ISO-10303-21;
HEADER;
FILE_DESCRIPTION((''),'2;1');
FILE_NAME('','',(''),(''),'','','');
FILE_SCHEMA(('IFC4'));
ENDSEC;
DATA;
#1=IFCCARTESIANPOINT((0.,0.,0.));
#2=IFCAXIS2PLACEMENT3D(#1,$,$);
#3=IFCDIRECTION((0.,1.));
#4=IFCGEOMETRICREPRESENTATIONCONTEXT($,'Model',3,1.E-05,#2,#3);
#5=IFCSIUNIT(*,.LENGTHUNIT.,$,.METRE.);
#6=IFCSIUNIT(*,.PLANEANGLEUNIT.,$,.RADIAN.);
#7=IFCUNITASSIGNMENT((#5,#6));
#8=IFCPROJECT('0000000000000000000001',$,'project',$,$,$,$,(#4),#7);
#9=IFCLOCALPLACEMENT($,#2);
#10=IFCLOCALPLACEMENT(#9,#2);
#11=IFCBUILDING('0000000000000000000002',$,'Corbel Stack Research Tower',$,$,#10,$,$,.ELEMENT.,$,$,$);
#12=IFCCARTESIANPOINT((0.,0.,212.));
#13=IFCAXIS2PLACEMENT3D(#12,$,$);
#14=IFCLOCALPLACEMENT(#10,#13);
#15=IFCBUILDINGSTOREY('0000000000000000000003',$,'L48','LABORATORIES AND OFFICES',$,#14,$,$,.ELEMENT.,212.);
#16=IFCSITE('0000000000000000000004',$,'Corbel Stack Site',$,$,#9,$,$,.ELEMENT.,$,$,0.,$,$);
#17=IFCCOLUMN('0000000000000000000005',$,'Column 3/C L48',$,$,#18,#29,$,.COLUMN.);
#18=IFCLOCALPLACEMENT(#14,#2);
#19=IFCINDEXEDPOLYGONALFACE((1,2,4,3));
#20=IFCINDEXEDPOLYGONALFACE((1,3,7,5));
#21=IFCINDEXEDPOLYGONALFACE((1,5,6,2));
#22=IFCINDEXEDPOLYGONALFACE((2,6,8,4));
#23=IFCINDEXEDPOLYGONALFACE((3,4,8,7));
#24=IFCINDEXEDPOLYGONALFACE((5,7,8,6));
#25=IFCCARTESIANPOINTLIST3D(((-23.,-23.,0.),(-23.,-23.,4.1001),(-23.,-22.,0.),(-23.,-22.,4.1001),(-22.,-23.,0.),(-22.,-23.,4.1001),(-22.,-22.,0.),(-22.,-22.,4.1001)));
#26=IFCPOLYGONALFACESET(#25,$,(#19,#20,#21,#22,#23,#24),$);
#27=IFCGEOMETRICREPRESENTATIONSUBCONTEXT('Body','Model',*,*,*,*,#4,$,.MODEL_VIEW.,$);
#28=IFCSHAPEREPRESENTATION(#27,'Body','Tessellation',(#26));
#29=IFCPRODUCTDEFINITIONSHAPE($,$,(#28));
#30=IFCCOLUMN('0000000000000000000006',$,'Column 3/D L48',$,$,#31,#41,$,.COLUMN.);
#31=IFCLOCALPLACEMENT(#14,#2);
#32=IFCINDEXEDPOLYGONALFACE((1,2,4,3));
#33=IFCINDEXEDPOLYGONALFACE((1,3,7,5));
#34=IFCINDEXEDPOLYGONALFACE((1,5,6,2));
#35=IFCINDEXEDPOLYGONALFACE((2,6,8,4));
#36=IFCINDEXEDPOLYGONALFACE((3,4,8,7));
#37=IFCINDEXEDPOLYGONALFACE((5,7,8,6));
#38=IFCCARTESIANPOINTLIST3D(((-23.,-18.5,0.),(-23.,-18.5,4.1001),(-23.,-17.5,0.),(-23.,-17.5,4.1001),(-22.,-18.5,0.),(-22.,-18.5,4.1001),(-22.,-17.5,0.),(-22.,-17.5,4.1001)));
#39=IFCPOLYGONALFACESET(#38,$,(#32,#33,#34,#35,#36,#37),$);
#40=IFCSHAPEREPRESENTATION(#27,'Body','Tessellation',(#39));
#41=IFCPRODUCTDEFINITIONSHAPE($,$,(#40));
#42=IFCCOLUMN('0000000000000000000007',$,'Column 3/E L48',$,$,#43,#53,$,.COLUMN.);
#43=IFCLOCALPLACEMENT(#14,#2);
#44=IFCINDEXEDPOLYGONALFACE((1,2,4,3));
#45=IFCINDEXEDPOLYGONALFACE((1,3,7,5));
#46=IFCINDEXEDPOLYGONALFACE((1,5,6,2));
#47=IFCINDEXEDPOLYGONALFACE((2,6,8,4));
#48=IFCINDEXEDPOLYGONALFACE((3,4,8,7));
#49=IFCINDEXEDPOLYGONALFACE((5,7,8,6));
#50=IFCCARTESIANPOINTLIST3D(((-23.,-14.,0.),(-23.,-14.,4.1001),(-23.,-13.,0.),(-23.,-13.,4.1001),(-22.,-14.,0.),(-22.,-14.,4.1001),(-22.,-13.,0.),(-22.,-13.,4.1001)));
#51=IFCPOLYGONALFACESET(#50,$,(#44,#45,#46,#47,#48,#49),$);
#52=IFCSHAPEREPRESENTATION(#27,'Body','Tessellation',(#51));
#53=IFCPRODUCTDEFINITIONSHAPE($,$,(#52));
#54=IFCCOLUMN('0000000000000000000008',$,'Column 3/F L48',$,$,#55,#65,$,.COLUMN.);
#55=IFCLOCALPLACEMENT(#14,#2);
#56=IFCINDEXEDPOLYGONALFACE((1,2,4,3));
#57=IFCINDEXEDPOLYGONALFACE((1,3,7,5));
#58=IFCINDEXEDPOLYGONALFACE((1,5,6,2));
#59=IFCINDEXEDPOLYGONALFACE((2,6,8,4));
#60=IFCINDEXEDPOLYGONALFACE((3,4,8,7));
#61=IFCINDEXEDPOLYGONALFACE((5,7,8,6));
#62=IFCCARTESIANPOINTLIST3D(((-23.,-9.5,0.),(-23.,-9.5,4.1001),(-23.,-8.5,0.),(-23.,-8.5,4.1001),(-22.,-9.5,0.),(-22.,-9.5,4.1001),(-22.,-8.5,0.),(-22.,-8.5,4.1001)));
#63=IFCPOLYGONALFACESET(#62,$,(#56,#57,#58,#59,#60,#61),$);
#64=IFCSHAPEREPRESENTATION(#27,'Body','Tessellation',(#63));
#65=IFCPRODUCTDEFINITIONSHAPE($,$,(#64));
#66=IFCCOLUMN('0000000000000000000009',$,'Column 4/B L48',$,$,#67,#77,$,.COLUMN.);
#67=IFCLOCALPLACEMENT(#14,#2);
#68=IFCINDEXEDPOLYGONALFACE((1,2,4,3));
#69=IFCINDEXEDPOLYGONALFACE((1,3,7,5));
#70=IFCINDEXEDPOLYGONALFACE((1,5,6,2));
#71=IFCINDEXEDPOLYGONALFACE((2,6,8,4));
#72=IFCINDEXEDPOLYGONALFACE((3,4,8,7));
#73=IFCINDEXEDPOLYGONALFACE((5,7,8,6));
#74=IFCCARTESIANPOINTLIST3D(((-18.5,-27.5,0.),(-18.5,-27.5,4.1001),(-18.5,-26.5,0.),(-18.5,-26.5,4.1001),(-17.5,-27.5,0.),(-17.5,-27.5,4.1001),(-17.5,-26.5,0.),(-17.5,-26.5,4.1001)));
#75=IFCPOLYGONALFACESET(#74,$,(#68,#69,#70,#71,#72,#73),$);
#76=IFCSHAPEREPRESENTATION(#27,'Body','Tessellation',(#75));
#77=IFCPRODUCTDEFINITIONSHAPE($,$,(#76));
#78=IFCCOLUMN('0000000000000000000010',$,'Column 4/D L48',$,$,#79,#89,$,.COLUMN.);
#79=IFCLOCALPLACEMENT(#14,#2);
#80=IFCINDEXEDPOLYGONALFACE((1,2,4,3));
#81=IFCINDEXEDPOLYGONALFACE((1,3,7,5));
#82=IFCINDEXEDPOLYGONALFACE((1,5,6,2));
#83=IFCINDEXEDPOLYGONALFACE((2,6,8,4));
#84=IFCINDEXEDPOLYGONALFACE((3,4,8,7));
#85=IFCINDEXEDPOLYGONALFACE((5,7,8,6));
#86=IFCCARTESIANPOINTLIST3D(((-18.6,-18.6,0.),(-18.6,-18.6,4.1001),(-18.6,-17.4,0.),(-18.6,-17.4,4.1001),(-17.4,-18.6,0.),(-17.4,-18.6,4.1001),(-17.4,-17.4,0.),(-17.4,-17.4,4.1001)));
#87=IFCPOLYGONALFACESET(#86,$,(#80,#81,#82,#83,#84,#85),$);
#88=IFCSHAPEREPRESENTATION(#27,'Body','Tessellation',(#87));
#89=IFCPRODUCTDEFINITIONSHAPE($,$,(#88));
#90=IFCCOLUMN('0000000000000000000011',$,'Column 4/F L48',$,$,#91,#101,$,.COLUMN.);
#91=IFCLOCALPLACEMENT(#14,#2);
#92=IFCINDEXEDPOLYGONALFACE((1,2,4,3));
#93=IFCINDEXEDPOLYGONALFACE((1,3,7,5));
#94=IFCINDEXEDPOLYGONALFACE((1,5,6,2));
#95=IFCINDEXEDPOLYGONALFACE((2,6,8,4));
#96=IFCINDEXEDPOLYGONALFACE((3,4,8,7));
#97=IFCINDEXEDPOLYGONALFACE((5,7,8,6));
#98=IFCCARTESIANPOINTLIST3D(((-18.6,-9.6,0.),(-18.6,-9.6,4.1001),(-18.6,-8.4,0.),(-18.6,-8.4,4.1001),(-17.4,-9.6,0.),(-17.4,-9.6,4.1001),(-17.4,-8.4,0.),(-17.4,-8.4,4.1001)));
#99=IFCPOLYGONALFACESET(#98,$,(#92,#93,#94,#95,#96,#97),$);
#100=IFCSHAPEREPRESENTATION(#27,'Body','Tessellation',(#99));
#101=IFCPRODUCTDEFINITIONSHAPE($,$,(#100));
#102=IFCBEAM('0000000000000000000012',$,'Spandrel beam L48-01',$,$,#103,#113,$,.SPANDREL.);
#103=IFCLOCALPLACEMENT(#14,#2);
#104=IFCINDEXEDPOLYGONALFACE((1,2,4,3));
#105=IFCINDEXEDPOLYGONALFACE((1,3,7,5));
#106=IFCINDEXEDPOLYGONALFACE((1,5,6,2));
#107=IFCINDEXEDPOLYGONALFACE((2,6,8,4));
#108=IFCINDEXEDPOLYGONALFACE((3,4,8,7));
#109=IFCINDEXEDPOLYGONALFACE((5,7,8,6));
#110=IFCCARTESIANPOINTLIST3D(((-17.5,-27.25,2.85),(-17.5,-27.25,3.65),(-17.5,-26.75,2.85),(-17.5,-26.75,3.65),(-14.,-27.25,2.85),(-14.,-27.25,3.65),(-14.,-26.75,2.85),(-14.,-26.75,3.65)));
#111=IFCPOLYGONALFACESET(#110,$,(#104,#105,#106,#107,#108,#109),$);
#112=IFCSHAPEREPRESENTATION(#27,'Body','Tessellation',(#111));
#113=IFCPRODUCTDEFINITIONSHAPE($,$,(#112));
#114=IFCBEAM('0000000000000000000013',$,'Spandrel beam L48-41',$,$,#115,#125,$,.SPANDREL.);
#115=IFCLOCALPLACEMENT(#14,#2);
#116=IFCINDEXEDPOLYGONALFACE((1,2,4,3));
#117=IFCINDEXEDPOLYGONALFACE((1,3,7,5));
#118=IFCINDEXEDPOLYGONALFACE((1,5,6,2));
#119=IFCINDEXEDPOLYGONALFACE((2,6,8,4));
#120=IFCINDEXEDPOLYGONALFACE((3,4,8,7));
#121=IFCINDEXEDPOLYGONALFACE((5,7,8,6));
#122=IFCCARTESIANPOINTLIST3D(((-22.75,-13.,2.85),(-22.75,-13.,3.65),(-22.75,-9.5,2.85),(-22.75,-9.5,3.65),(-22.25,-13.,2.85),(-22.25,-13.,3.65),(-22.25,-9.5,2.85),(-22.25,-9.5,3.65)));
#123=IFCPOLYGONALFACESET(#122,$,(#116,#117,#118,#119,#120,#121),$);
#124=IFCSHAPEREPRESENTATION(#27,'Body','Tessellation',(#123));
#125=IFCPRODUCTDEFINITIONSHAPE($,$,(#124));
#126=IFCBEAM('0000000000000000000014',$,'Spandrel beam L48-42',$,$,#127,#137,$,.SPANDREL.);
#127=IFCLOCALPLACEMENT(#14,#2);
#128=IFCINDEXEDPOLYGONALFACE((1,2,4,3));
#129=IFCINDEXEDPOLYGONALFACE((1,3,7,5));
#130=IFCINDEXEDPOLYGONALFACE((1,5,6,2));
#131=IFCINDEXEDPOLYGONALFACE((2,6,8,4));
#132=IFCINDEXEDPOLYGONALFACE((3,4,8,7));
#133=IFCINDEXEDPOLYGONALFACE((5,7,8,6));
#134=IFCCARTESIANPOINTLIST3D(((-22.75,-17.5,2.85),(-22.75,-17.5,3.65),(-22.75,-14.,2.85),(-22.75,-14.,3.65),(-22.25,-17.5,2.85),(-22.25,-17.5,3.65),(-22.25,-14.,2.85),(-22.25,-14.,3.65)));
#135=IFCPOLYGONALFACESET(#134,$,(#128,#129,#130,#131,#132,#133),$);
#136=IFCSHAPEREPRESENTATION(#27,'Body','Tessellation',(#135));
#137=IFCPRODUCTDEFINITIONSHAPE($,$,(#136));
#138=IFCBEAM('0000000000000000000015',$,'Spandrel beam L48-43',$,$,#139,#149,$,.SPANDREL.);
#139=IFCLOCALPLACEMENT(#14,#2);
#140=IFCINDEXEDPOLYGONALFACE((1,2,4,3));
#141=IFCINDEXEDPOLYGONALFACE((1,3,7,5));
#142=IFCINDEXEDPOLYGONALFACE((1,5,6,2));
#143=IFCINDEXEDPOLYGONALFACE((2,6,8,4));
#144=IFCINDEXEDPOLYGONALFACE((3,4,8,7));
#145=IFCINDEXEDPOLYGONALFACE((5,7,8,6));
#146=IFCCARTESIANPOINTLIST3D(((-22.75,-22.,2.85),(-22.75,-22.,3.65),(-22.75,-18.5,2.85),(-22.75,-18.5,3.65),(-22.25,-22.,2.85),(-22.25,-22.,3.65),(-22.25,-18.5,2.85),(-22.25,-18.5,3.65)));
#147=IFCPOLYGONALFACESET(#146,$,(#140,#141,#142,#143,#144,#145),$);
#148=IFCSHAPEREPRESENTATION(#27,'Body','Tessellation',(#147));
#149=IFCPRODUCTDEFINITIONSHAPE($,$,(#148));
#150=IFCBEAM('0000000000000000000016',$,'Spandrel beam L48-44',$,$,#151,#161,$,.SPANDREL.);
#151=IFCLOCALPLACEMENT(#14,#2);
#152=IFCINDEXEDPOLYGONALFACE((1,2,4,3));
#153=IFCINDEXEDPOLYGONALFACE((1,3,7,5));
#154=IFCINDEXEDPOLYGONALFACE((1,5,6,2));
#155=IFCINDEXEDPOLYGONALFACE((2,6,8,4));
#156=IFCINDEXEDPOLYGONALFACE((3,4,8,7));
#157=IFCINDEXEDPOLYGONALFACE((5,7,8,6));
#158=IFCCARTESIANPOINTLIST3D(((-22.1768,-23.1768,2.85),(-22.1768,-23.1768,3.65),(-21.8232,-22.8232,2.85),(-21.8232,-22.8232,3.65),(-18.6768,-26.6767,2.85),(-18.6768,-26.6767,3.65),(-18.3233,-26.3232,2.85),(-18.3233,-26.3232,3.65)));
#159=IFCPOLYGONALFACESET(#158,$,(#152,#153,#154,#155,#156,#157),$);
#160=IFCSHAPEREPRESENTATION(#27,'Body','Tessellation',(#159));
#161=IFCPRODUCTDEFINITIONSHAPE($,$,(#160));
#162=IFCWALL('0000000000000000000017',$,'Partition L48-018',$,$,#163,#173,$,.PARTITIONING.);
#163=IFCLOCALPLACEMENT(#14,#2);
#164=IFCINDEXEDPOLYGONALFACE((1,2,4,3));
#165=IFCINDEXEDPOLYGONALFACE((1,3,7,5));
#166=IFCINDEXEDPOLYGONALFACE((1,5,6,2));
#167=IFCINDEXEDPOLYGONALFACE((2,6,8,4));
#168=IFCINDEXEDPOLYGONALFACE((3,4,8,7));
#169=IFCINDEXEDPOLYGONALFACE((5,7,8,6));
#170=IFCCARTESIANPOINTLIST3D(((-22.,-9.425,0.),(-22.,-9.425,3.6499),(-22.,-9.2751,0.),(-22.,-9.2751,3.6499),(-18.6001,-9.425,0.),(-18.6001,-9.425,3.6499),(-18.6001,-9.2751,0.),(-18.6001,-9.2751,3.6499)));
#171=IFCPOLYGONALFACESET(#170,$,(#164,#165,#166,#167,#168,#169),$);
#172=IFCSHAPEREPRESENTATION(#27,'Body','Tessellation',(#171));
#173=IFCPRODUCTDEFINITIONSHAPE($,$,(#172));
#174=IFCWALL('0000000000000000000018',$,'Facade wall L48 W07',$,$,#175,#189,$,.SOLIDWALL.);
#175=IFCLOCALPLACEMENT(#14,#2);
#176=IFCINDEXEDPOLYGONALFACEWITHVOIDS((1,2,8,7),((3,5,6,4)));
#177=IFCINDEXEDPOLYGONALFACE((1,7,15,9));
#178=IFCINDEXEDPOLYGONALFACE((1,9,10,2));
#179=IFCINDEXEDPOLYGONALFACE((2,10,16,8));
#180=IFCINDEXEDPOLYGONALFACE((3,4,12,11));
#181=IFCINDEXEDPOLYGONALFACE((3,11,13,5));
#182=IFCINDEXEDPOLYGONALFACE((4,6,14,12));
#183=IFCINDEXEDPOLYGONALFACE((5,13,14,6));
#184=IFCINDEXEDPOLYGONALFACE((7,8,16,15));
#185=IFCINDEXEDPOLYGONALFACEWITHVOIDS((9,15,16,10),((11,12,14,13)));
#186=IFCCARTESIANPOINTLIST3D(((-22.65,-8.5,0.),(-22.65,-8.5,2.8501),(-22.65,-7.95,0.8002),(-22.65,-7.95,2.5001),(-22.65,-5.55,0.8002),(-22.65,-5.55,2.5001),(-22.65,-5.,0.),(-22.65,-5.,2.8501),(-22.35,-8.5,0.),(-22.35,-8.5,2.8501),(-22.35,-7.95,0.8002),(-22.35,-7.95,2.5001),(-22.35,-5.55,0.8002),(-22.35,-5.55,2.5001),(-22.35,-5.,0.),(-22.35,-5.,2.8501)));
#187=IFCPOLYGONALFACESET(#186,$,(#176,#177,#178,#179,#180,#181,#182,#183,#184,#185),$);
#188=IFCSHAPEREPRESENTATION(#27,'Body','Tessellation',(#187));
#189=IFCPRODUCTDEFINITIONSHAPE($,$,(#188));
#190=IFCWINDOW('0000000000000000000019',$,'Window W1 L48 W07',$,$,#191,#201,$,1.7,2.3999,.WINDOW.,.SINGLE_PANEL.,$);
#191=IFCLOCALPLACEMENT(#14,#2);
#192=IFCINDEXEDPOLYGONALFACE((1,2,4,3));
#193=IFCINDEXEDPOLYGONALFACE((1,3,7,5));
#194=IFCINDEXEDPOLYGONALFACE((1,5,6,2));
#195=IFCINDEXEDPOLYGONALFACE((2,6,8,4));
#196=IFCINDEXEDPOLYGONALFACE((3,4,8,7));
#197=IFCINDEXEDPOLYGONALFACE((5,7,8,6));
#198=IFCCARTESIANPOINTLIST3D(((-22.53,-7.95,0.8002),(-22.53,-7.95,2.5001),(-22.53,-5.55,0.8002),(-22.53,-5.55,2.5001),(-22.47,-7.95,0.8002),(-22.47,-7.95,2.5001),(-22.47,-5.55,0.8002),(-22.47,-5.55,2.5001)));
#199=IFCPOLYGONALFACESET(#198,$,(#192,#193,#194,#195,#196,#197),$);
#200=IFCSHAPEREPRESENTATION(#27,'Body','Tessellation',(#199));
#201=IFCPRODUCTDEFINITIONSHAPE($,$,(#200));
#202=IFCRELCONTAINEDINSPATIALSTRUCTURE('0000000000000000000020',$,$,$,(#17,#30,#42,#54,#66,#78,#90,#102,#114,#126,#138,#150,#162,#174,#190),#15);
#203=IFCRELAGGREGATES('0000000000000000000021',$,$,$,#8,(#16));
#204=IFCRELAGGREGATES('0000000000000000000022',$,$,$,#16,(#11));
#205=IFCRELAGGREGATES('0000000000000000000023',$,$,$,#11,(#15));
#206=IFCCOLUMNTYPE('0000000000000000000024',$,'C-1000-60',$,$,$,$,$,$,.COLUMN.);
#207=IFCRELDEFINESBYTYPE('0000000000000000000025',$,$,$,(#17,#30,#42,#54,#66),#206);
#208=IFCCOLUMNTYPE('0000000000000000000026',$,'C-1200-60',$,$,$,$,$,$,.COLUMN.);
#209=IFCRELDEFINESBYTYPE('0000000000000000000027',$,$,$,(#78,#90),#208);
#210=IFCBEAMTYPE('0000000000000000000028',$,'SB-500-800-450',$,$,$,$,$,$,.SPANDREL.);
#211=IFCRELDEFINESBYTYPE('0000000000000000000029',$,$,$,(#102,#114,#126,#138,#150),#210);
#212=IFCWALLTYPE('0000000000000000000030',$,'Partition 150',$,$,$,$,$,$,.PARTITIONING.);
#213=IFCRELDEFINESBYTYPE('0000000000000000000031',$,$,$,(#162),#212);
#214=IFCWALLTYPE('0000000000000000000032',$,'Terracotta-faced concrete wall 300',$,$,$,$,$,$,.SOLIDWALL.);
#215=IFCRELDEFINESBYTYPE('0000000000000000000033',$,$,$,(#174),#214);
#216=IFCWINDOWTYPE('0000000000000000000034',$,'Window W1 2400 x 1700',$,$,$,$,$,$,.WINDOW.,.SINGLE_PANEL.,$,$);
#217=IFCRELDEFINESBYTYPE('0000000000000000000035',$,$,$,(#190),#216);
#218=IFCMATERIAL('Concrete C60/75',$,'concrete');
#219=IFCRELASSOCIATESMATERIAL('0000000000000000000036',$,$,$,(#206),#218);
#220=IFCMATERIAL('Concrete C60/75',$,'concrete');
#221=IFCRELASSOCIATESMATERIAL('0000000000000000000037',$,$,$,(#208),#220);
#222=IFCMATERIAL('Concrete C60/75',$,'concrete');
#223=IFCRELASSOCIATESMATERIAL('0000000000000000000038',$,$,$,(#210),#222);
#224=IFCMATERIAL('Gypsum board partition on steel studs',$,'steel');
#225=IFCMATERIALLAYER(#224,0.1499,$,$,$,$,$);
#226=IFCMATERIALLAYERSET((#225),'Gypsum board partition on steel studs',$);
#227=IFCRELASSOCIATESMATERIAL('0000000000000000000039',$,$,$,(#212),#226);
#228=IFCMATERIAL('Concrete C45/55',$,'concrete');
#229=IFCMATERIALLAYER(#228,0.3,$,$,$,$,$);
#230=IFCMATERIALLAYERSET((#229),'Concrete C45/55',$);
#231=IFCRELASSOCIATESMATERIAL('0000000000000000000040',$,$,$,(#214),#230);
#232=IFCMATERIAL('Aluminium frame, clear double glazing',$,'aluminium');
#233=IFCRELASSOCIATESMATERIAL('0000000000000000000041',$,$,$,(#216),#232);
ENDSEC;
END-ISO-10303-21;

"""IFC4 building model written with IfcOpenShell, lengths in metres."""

from ifc_helpers import new_model, si_unit, direction, frame, frame_2d, origin, origin_2d, place, context, subcontext, project, spatial, rectangle, extrude, material, layer, layer_set, material_profile, profile_set, type_object, element, fill, save


model = new_model("IFC4")

# Units and contexts
model_context = context("Model", 3, precision=1e-05, world=origin(), true_north=direction((0.0, 1.0)))
body_context = subcontext(model_context, "Body", "Model", "MODEL_VIEW")
ifc_project = project(units=[si_unit("LENGTHUNIT", "METRE"), si_unit("PLANEANGLEUNIT", "RADIAN")], contexts=[model_context])

# Site, building, storey
site_placement = place(None, origin())
site = spatial("IfcSite", under=ifc_project, at=site_placement, Name="Corbel Stack Site", CompositionType="ELEMENT", RefElevation=0.0)
building_placement = place(site_placement, origin())
building = spatial("IfcBuilding", under=site, at=building_placement, Name="Corbel Stack Research Tower", CompositionType="ELEMENT")
storey_placement = place(building_placement, frame((0.0, 0.0, 212.0)))
storey = spatial("IfcBuildingStorey", under=building, at=storey_placement, Name="L48", Description="LABORATORIES AND OFFICES", CompositionType="ELEMENT", Elevation=212.0)

# Columns
ifc_material_1 = material(Name="Concrete C60/75", Category="concrete")
ifc_material_profile_1 = material_profile(ifc_material_1, rectangle(XDim=1.0, YDim=1.0, at=origin_2d()), Name="RC 1000 x 1000")
ifc_profile_set_1 = profile_set([ifc_material_profile_1], Name="Concrete C60/75")
column_type_1 = type_object("IfcColumnType", Name="C-1000-60", PredefinedType="COLUMN", material=ifc_profile_set_1)
for number, where, z_axis, x_axis, name in (
    (1, (-22.5, -22.5, 0.0), (0.0, 0.0, 1.0), (1.0, 0.0, 0.0), "Column 3/C L48"),
    (2, (-22.5, -18.0, 0.0), (0.0, 0.0, 1.0), (1.0, 0.0, 0.0), "Column 3/D L48"),
    (3, (-22.5, -13.5, 0.0), (0.0, 0.0, 1.0), (1.0, 0.0, 0.0), "Column 3/E L48"),
    (4, (-22.5, -9.0, 0.0), (0.0, 0.0, 1.0), (1.0, 0.0, 0.0), "Column 3/F L48"),
    (5, (-18.0, -27.0, 0.0), (0.0, 0.0, 1.0), (1.0, 0.0, 0.0), "Column 4/B L48"),
):
    element("IfcColumn", number, at=place(storey_placement, frame(where, z_axis=z_axis, x_axis=x_axis)), inside=storey, type_object=column_type_1, Name=name, PredefinedType="COLUMN", context=body_context, shape_type="SweptSolid", body=[
        extrude(rectangle(XDim=1.0, YDim=1.0, at=origin_2d()), origin(), (0.0, 0.0, 1.0), 4.1001),
    ])
ifc_material_2 = material(Name="Concrete C60/75", Category="concrete")
ifc_material_profile_2 = material_profile(ifc_material_2, rectangle(XDim=1.2, YDim=1.2, at=origin_2d()), Name="RC 1200 x 1200")
ifc_profile_set_2 = profile_set([ifc_material_profile_2], Name="Concrete C60/75")
column_type_2 = type_object("IfcColumnType", Name="C-1200-60", PredefinedType="COLUMN", material=ifc_profile_set_2)
for number, where, z_axis, x_axis, name in (
    (6, (-18.0, -18.0, 0.0), (0.0, 0.0, 1.0), (1.0, 0.0, 0.0), "Column 4/D L48"),
    (7, (-18.0, -9.0, 0.0), (0.0, 0.0, 1.0), (1.0, 0.0, 0.0), "Column 4/F L48"),
):
    element("IfcColumn", number, at=place(storey_placement, frame(where, z_axis=z_axis, x_axis=x_axis)), inside=storey, type_object=column_type_2, Name=name, PredefinedType="COLUMN", context=body_context, shape_type="SweptSolid", body=[
        extrude(rectangle(XDim=1.2, YDim=1.2, at=origin_2d()), origin(), (0.0, 0.0, 1.0), 4.1001),
    ])

# Beams
ifc_material_3 = material(Name="Concrete C60/75", Category="concrete")
ifc_material_profile_3 = material_profile(ifc_material_3, rectangle(XDim=0.5, YDim=0.8, at=origin_2d()), Name="RC 500 x 800")
ifc_profile_set_3 = profile_set([ifc_material_profile_3], Name="Concrete C60/75")
beam_type = type_object("IfcBeamType", Name="SB-500-800-450", PredefinedType="SPANDREL", material=ifc_profile_set_3)
for number, where, z_axis, x_axis, name in (
    (8, (-17.5, -27.0, 3.25), (1.0, 0.0, 0.0), (0.0, 1.0, 0.0), "Spandrel beam L48-01"),
    (9, (-22.5, -9.5, 3.25), (0.0, -1.0, 0.0), (1.0, 0.0, 0.0), "Spandrel beam L48-41"),
    (10, (-22.5, -14.0, 3.25), (0.0, -1.0, 0.0), (1.0, 0.0, 0.0), "Spandrel beam L48-42"),
    (11, (-22.5, -18.5, 3.25), (0.0, -1.0, 0.0), (1.0, 0.0, 0.0), "Spandrel beam L48-43"),
):
    element("IfcBeam", number, at=place(storey_placement, frame(where, z_axis=z_axis, x_axis=x_axis)), inside=storey, type_object=beam_type, Name=name, PredefinedType="SPANDREL", context=body_context, shape_type="SweptSolid", body=[
        extrude(rectangle(XDim=0.5, YDim=0.8, at=origin_2d()), origin(), (0.0, 0.0, 1.0), 3.5),
    ])
beam_placement = place(storey_placement, frame((-22.0, -23.0, 3.25), z_axis=(0.707107, -0.707107, 0.0), x_axis=(0.707107, 0.707107, 0.0)))
element("IfcBeam", 12, at=beam_placement, inside=storey, type_object=beam_type, Name="Spandrel beam L48-44", PredefinedType="SPANDREL", context=body_context, shape_type="SweptSolid", body=[
    extrude(rectangle(XDim=0.5, YDim=0.8, at=origin_2d()), origin(), (0.0, 0.0, 1.0), 4.9497),
])

# Wall
ifc_material_4 = material(Name="Gypsum board partition on steel studs", Category="steel")
ifc_layer_1 = layer(ifc_material_4, 0.1499)
ifc_layer_set_1 = layer_set([ifc_layer_1], Name="Gypsum board partition on steel studs")
wall_type_1 = type_object("IfcWallType", Name="Partition 150", PredefinedType="PARTITIONING", material=ifc_layer_set_1)
wall_1_placement = place(storey_placement, frame((-22.0, -9.3501, 0.0), z_axis=(0.0, 0.0, 1.0), x_axis=(1.0, 0.0, 0.0)))
element("IfcWall", 13, at=wall_1_placement, inside=storey, type_object=wall_type_1, Name="Partition L48-018", PredefinedType="PARTITIONING", context=body_context, shape_type="SweptSolid", body=[
    extrude(rectangle(XDim=3.3999, YDim=0.1499, at=frame_2d((1.7, 0.0))), origin(), (0.0, 0.0, 1.0), 3.6499),
])

# Wall, opening, window
ifc_material_5 = material(Name="Concrete C45/55", Category="concrete")
ifc_layer_2 = layer(ifc_material_5, 0.3)
ifc_layer_set_2 = layer_set([ifc_layer_2], Name="Concrete C45/55")
wall_type_2 = type_object("IfcWallType", Name="Terracotta-faced concrete wall 300", PredefinedType="SOLIDWALL", material=ifc_layer_set_2)
wall_2_placement = place(storey_placement, frame((-22.5, -8.5, 0.0), z_axis=(0.0, 0.0, 1.0), x_axis=(0.0, 1.0, 0.0)))
wall_2 = element("IfcWall", 14, at=wall_2_placement, inside=storey, type_object=wall_type_2, Name="Facade wall L48 W07", PredefinedType="SOLIDWALL", context=body_context, shape_type="SweptSolid", body=[
    extrude(rectangle(XDim=3.5, YDim=0.3, at=frame_2d((1.75, 0.0))), origin(), (0.0, 0.0, 1.0), 2.8501),
])
opening_1_placement = place(wall_2_placement, frame((0.55, 0.0, 0.8)))
opening_1 = element("IfcOpeningElement", 15, at=opening_1_placement, cuts=wall_2, PredefinedType="OPENING", context=body_context, shape_type="SweptSolid", body=[
    extrude(rectangle(XDim=2.3999, YDim=1.7, at=frame_2d((1.2, 0.8501))), frame((0.0, 0.1599, 0.0), z_axis=(0.0, -1.0, 0.0), x_axis=(1.0, 0.0, 0.0)), (0.0, 0.0, 1.0), 0.3201),
])
ifc_material_6 = material(Name="Aluminium frame, clear double glazing", Category="aluminium")
window_type = type_object("IfcWindowType", Name="Window W1 2400 x 1700", PartitioningType="SINGLE_PANEL", PredefinedType="WINDOW", material=ifc_material_6)
window_1_placement = place(opening_1_placement, origin())
window_1 = element("IfcWindow", 16, at=window_1_placement, inside=storey, type_object=window_type, Name="Window W1 L48 W07", OverallHeight=1.7, OverallWidth=2.3999, PartitioningType="SINGLE_PANEL", PredefinedType="WINDOW", context=body_context, shape_type="SweptSolid", body=[
    extrude(rectangle(XDim=2.3999, YDim=1.7, at=frame_2d((1.2, 0.8501))), frame((0.0, 0.03, 0.0), z_axis=(0.0, -1.0, 0.0), x_axis=(1.0, 0.0, 0.0)), (0.0, 0.0, 1.0), 0.0601),
])
fill(opening_1, window_1)

save(model, "model.ifc")
